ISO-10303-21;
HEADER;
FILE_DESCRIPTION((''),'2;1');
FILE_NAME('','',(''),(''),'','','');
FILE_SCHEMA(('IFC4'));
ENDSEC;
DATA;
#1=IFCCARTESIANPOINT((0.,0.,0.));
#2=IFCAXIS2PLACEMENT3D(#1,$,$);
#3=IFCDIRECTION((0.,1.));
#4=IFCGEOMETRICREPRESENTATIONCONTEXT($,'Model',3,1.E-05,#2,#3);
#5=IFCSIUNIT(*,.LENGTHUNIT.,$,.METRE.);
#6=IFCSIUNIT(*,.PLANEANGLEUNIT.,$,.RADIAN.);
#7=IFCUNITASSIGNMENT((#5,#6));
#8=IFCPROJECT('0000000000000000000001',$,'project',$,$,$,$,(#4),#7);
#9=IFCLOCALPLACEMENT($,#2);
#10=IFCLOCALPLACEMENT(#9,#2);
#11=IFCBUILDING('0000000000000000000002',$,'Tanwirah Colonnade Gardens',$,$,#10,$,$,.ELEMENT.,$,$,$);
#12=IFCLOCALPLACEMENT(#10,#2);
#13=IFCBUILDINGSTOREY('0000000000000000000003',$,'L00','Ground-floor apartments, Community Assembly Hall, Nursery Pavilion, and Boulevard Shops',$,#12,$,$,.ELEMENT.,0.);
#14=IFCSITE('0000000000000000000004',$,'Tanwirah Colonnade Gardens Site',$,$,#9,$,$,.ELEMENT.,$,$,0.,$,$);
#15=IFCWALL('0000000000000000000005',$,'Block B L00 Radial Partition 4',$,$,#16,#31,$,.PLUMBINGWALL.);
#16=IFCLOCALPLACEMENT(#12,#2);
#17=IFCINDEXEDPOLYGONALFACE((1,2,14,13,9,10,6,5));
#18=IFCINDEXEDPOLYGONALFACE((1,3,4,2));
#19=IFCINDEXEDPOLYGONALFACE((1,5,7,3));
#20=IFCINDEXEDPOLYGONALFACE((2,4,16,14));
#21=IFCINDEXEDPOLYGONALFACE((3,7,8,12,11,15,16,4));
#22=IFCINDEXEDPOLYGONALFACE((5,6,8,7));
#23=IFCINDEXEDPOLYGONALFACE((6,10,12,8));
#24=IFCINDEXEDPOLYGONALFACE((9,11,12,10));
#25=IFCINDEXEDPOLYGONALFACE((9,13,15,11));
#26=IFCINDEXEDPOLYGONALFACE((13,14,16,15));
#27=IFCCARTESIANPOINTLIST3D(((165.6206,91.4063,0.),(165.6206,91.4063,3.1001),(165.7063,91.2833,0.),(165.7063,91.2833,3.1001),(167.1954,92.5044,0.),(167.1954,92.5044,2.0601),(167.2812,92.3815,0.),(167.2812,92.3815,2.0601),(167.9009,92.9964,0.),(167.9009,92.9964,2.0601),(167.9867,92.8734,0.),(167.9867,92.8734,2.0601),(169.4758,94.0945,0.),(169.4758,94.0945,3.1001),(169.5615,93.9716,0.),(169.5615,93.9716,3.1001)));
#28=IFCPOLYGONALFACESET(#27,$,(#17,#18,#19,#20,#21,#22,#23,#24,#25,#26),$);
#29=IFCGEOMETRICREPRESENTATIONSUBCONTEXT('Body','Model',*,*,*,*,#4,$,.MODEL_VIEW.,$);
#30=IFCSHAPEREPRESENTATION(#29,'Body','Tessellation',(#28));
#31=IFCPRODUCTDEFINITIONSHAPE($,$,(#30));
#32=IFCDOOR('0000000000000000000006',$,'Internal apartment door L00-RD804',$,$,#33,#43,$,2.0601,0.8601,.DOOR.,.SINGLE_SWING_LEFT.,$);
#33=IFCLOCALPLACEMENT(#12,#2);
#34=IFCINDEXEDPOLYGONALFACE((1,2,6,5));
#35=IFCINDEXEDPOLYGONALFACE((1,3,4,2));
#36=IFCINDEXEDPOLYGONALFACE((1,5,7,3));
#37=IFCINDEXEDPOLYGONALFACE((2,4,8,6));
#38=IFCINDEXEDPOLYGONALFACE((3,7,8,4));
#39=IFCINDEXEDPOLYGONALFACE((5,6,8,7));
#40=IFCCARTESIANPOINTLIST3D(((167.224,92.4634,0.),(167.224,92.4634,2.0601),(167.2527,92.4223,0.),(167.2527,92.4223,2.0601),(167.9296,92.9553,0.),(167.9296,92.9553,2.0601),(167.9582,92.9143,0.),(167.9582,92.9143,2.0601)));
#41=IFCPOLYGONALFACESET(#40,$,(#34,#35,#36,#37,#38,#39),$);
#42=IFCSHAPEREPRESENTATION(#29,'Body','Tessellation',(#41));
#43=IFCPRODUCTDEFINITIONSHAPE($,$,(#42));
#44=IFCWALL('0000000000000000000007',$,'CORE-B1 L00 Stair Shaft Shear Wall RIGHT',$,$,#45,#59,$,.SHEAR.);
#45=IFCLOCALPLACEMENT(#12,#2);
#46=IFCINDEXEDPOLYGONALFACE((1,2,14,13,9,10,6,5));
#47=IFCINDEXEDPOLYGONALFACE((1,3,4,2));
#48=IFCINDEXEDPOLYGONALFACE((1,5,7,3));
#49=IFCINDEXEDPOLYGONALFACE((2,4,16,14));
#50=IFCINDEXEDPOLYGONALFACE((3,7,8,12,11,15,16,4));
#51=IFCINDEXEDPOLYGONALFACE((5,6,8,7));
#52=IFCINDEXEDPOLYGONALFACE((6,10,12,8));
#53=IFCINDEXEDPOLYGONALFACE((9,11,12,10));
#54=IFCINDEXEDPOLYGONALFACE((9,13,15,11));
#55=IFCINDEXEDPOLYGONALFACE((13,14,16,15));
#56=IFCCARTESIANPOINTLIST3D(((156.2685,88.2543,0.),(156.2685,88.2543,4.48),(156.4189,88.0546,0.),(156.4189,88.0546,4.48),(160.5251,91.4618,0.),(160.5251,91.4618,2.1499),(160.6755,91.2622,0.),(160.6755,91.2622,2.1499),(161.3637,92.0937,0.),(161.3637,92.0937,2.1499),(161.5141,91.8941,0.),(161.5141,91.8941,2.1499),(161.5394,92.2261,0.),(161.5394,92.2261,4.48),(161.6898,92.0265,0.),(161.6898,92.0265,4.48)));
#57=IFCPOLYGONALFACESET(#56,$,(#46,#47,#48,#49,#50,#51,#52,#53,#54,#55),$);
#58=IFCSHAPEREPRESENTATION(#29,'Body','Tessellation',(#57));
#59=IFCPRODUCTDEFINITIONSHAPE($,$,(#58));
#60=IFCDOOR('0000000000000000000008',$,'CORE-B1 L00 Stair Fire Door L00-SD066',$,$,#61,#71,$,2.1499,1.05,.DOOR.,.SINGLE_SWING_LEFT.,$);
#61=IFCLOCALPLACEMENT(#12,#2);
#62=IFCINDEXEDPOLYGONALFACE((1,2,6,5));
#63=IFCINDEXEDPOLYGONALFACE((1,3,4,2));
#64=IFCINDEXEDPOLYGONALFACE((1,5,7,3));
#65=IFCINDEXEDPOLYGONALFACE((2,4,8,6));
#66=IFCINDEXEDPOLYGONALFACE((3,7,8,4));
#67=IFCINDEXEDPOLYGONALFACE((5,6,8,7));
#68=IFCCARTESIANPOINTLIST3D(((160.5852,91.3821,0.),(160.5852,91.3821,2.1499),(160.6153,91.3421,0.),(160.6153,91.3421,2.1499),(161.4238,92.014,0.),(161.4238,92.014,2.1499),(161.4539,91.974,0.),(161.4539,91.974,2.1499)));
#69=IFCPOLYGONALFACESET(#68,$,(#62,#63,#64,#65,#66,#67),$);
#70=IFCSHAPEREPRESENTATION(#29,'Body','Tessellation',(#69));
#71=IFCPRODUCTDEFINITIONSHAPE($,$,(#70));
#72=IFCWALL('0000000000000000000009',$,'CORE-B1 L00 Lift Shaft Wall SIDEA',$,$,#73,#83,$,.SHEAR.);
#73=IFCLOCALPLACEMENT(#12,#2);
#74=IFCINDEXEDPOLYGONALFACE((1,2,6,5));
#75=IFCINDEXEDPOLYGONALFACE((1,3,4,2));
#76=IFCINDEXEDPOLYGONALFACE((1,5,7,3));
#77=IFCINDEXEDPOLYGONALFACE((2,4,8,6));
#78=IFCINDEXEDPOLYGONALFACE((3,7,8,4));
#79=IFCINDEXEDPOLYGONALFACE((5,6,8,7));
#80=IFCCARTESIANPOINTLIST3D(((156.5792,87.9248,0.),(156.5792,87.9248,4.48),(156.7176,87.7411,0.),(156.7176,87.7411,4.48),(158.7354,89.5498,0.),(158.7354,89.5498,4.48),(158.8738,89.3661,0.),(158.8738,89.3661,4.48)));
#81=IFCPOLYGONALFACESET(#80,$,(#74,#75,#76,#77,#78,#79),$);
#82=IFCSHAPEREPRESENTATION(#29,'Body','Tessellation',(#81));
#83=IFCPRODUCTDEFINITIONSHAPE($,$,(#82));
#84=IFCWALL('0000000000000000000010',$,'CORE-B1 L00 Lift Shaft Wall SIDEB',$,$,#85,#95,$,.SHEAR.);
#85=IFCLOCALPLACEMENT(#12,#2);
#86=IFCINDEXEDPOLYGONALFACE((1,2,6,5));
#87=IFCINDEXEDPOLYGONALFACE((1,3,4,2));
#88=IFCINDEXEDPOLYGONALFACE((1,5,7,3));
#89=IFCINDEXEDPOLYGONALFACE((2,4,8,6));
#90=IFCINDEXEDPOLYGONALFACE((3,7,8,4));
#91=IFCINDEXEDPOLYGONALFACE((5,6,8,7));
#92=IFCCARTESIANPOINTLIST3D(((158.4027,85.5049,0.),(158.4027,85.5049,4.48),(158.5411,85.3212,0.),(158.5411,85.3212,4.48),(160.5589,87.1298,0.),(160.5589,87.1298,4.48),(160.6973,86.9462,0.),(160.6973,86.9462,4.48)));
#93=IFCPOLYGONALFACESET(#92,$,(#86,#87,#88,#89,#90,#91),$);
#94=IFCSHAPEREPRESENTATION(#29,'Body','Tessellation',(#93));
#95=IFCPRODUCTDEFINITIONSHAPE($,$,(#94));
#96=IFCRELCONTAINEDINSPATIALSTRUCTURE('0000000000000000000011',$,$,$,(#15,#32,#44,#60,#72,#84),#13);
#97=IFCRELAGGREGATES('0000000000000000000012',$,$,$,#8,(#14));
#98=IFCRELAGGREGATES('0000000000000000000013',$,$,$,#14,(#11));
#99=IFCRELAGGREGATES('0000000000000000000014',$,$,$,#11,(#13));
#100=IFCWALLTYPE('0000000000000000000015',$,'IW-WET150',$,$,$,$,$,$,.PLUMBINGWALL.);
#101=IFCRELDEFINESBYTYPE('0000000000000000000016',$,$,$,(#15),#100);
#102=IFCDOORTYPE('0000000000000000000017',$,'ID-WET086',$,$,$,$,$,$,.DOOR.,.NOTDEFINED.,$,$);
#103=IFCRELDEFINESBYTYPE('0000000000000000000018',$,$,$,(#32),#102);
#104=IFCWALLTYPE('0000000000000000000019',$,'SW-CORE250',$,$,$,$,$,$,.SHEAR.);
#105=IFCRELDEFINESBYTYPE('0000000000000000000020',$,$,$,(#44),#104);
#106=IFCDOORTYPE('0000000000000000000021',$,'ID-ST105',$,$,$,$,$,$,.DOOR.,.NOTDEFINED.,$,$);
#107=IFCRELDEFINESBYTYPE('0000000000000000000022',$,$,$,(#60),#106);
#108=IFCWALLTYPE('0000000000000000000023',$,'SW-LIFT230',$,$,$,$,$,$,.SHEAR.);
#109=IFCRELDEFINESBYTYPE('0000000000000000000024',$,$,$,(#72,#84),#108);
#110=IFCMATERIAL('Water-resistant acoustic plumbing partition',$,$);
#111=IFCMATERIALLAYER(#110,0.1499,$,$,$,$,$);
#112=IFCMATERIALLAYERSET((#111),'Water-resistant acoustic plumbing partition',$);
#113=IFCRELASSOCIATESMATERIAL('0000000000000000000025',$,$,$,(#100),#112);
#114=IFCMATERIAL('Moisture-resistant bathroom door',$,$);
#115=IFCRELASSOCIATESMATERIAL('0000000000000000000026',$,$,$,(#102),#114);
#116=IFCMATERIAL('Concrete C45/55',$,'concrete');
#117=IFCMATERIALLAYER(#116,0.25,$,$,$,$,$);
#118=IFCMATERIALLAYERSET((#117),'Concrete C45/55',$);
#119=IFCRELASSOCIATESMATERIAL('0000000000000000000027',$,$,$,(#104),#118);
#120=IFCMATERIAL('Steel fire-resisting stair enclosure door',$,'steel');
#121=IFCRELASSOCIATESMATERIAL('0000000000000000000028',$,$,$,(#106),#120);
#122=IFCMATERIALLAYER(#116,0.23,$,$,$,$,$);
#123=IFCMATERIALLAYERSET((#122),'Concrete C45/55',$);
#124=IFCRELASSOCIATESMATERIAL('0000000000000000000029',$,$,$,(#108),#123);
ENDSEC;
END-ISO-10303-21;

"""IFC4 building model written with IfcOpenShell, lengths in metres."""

from ifc_helpers import new_model, si_unit, direction, frame, frame_2d, origin, place, context, subcontext, project, spatial, rectangle, extrude, material, layer, layer_set, type_object, element, fill, save


model = new_model("IFC4")

# Units and contexts
model_context = context("Model", 3, precision=1e-05, world=origin(), true_north=direction((0.0, 1.0)))
body_context = subcontext(model_context, "Body", "Model", "MODEL_VIEW")
ifc_project = project(units=[si_unit("LENGTHUNIT", "METRE"), si_unit("PLANEANGLEUNIT", "RADIAN")], contexts=[model_context])

# Site, building, storey
site_placement = place(None, origin())
site = spatial("IfcSite", under=ifc_project, at=site_placement, Name="Tanwirah Colonnade Gardens Site", CompositionType="ELEMENT", RefElevation=0.0)
building_placement = place(site_placement, origin())
building = spatial("IfcBuilding", under=site, at=building_placement, Name="Tanwirah Colonnade Gardens", CompositionType="ELEMENT")
storey_placement = place(building_placement, origin())
storey = spatial("IfcBuildingStorey", under=building, at=storey_placement, Name="L00", Description="Ground-floor apartments, Community Assembly Hall, Nursery Pavilion, and Boulevard Shops", CompositionType="ELEMENT", Elevation=0.0)

# Walls, openings, doors
ifc_material_1 = material(Name="Water-resistant acoustic plumbing partition")
ifc_layer_1 = layer(ifc_material_1, 0.1499)
ifc_layer_set_1 = layer_set([ifc_layer_1], Name="Water-resistant acoustic plumbing partition")
wall_type_1 = type_object("IfcWallType", Name="IW-WET150", PredefinedType="PLUMBINGWALL", material=ifc_layer_set_1)
wall_1_placement = place(storey_placement, frame((165.6633, 91.3447, 0.0), z_axis=(0.0, 0.0, 1.0), x_axis=(0.820273, 0.571973, 0.0)))
wall_1 = element("IfcWall", 1, at=wall_1_placement, inside=storey, type_object=wall_type_1, Name="Block B L00 Radial Partition 4", PredefinedType="PLUMBINGWALL", context=body_context, shape_type="SweptSolid", body=[
    extrude(rectangle(XDim=4.7, YDim=0.1499, at=frame_2d((2.3501, 0.0))), origin(), (0.0, 0.0, 1.0), 3.1001),
])
opening_1_placement = place(wall_1_placement, frame((1.9199, 0.0, 0.0)))
opening_1 = element("IfcOpeningElement", 2, at=opening_1_placement, cuts=wall_1, PredefinedType="OPENING", context=body_context, shape_type="SweptSolid", body=[
    extrude(rectangle(XDim=0.8601, YDim=2.0601, at=frame_2d((0.4302, 1.03))), frame((0.0, 0.085, 0.0), z_axis=(0.0, -1.0, 0.0), x_axis=(1.0, 0.0, 0.0)), (0.0, 0.0, 1.0), 0.1699),
])
ifc_material_2 = material(Name="Moisture-resistant bathroom door")
door_type_1 = type_object("IfcDoorType", Name="ID-WET086", OperationType="NOTDEFINED", PredefinedType="DOOR", material=ifc_material_2)
door_1_placement = place(opening_1_placement, origin())
door_1 = element("IfcDoor", 3, at=door_1_placement, inside=storey, type_object=door_type_1, Name="Internal apartment door L00-RD804", OperationType="SINGLE_SWING_LEFT", OverallHeight=2.0601, OverallWidth=0.8601, PredefinedType="DOOR", context=body_context, shape_type="SweptSolid", body=[
    extrude(rectangle(XDim=0.8601, YDim=2.0601, at=frame_2d((0.4302, 1.03))), frame((0.0, 0.0249, 0.0), z_axis=(0.0, -1.0, 0.0), x_axis=(1.0, 0.0, 0.0)), (0.0, 0.0, 1.0), 0.05),
])
fill(opening_1, door_1)
ifc_material_3 = material(Name="Concrete C45/55", Category="concrete")
ifc_layer_2 = layer(ifc_material_3, 0.25)
ifc_layer_set_2 = layer_set([ifc_layer_2], Name="Concrete C45/55")
wall_type_2 = type_object("IfcWallType", Name="SW-CORE250", PredefinedType="SHEAR", material=ifc_layer_set_2)
wall_2_placement = place(storey_placement, frame((161.6145, 92.1262, 0.0), z_axis=(0.0, 0.0, 1.0), x_axis=(-0.79864, -0.60181, 0.0)))
wall_2 = element("IfcWall", 4, at=wall_2_placement, inside=storey, type_object=wall_type_2, Name="CORE-B1 L00 Stair Shaft Shear Wall RIGHT", PredefinedType="SHEAR", context=body_context, shape_type="SweptSolid", body=[
    extrude(rectangle(XDim=6.5999, YDim=0.25, at=frame_2d((3.2998, 0.0))), origin(), (0.0, 0.0, 1.0), 4.48),
])
opening_2_placement = place(wall_2_placement, frame((0.22, 0.0, 0.0)))
opening_2 = element("IfcOpeningElement", 5, at=opening_2_placement, cuts=wall_2, PredefinedType="OPENING", context=body_context, shape_type="SweptSolid", body=[
    extrude(rectangle(XDim=1.05, YDim=2.1499, at=frame_2d((0.5249, 1.075))), frame((0.0, 0.135, 0.0), z_axis=(0.0, -1.0, 0.0), x_axis=(1.0, 0.0, 0.0)), (0.0, 0.0, 1.0), 0.27),
])
ifc_material_4 = material(Name="Steel fire-resisting stair enclosure door", Category="steel")
door_type_2 = type_object("IfcDoorType", Name="ID-ST105", OperationType="NOTDEFINED", PredefinedType="DOOR", material=ifc_material_4)
door_2_placement = place(opening_2_placement, origin())
door_2 = element("IfcDoor", 6, at=door_2_placement, inside=storey, type_object=door_type_2, Name="CORE-B1 L00 Stair Fire Door L00-SD066", OperationType="SINGLE_SWING_LEFT", OverallHeight=2.1499, OverallWidth=1.05, PredefinedType="DOOR", context=body_context, shape_type="SweptSolid", body=[
    extrude(rectangle(XDim=1.05, YDim=2.1499, at=frame_2d((0.5249, 1.075))), frame((0.0, 0.0249, 0.0), z_axis=(0.0, -1.0, 0.0), x_axis=(1.0, 0.0, 0.0)), (0.0, 0.0, 1.0), 0.05),
])
fill(opening_2, door_2)
ifc_layer_3 = layer(ifc_material_3, 0.23)
ifc_layer_set_3 = layer_set([ifc_layer_3], Name="Concrete C45/55")
wall_type_3 = type_object("IfcWallType", Name="SW-LIFT230", PredefinedType="SHEAR", material=ifc_layer_set_3)

# Walls
for number, where, z_axis, x_axis, name in (
    (7, (158.8047, 89.458, 0.0), (0.0, 0.0, 1.0), (-0.798609, -0.60185, 0.0), "CORE-B1 L00 Lift Shaft Wall SIDEA"),
    (8, (160.6282, 87.0381, 0.0), (0.0, 0.0, 1.0), (-0.798609, -0.60185, 0.0), "CORE-B1 L00 Lift Shaft Wall SIDEB"),
):
    element("IfcWall", number, at=place(storey_placement, frame(where, z_axis=z_axis, x_axis=x_axis)), inside=storey, type_object=wall_type_3, Name=name, PredefinedType="SHEAR", context=body_context, shape_type="SweptSolid", body=[
        extrude(rectangle(XDim=2.7, YDim=0.23, at=frame_2d((1.3501, 0.0))), origin(), (0.0, 0.0, 1.0), 4.48),
    ])

save(model, "model.ifc")
